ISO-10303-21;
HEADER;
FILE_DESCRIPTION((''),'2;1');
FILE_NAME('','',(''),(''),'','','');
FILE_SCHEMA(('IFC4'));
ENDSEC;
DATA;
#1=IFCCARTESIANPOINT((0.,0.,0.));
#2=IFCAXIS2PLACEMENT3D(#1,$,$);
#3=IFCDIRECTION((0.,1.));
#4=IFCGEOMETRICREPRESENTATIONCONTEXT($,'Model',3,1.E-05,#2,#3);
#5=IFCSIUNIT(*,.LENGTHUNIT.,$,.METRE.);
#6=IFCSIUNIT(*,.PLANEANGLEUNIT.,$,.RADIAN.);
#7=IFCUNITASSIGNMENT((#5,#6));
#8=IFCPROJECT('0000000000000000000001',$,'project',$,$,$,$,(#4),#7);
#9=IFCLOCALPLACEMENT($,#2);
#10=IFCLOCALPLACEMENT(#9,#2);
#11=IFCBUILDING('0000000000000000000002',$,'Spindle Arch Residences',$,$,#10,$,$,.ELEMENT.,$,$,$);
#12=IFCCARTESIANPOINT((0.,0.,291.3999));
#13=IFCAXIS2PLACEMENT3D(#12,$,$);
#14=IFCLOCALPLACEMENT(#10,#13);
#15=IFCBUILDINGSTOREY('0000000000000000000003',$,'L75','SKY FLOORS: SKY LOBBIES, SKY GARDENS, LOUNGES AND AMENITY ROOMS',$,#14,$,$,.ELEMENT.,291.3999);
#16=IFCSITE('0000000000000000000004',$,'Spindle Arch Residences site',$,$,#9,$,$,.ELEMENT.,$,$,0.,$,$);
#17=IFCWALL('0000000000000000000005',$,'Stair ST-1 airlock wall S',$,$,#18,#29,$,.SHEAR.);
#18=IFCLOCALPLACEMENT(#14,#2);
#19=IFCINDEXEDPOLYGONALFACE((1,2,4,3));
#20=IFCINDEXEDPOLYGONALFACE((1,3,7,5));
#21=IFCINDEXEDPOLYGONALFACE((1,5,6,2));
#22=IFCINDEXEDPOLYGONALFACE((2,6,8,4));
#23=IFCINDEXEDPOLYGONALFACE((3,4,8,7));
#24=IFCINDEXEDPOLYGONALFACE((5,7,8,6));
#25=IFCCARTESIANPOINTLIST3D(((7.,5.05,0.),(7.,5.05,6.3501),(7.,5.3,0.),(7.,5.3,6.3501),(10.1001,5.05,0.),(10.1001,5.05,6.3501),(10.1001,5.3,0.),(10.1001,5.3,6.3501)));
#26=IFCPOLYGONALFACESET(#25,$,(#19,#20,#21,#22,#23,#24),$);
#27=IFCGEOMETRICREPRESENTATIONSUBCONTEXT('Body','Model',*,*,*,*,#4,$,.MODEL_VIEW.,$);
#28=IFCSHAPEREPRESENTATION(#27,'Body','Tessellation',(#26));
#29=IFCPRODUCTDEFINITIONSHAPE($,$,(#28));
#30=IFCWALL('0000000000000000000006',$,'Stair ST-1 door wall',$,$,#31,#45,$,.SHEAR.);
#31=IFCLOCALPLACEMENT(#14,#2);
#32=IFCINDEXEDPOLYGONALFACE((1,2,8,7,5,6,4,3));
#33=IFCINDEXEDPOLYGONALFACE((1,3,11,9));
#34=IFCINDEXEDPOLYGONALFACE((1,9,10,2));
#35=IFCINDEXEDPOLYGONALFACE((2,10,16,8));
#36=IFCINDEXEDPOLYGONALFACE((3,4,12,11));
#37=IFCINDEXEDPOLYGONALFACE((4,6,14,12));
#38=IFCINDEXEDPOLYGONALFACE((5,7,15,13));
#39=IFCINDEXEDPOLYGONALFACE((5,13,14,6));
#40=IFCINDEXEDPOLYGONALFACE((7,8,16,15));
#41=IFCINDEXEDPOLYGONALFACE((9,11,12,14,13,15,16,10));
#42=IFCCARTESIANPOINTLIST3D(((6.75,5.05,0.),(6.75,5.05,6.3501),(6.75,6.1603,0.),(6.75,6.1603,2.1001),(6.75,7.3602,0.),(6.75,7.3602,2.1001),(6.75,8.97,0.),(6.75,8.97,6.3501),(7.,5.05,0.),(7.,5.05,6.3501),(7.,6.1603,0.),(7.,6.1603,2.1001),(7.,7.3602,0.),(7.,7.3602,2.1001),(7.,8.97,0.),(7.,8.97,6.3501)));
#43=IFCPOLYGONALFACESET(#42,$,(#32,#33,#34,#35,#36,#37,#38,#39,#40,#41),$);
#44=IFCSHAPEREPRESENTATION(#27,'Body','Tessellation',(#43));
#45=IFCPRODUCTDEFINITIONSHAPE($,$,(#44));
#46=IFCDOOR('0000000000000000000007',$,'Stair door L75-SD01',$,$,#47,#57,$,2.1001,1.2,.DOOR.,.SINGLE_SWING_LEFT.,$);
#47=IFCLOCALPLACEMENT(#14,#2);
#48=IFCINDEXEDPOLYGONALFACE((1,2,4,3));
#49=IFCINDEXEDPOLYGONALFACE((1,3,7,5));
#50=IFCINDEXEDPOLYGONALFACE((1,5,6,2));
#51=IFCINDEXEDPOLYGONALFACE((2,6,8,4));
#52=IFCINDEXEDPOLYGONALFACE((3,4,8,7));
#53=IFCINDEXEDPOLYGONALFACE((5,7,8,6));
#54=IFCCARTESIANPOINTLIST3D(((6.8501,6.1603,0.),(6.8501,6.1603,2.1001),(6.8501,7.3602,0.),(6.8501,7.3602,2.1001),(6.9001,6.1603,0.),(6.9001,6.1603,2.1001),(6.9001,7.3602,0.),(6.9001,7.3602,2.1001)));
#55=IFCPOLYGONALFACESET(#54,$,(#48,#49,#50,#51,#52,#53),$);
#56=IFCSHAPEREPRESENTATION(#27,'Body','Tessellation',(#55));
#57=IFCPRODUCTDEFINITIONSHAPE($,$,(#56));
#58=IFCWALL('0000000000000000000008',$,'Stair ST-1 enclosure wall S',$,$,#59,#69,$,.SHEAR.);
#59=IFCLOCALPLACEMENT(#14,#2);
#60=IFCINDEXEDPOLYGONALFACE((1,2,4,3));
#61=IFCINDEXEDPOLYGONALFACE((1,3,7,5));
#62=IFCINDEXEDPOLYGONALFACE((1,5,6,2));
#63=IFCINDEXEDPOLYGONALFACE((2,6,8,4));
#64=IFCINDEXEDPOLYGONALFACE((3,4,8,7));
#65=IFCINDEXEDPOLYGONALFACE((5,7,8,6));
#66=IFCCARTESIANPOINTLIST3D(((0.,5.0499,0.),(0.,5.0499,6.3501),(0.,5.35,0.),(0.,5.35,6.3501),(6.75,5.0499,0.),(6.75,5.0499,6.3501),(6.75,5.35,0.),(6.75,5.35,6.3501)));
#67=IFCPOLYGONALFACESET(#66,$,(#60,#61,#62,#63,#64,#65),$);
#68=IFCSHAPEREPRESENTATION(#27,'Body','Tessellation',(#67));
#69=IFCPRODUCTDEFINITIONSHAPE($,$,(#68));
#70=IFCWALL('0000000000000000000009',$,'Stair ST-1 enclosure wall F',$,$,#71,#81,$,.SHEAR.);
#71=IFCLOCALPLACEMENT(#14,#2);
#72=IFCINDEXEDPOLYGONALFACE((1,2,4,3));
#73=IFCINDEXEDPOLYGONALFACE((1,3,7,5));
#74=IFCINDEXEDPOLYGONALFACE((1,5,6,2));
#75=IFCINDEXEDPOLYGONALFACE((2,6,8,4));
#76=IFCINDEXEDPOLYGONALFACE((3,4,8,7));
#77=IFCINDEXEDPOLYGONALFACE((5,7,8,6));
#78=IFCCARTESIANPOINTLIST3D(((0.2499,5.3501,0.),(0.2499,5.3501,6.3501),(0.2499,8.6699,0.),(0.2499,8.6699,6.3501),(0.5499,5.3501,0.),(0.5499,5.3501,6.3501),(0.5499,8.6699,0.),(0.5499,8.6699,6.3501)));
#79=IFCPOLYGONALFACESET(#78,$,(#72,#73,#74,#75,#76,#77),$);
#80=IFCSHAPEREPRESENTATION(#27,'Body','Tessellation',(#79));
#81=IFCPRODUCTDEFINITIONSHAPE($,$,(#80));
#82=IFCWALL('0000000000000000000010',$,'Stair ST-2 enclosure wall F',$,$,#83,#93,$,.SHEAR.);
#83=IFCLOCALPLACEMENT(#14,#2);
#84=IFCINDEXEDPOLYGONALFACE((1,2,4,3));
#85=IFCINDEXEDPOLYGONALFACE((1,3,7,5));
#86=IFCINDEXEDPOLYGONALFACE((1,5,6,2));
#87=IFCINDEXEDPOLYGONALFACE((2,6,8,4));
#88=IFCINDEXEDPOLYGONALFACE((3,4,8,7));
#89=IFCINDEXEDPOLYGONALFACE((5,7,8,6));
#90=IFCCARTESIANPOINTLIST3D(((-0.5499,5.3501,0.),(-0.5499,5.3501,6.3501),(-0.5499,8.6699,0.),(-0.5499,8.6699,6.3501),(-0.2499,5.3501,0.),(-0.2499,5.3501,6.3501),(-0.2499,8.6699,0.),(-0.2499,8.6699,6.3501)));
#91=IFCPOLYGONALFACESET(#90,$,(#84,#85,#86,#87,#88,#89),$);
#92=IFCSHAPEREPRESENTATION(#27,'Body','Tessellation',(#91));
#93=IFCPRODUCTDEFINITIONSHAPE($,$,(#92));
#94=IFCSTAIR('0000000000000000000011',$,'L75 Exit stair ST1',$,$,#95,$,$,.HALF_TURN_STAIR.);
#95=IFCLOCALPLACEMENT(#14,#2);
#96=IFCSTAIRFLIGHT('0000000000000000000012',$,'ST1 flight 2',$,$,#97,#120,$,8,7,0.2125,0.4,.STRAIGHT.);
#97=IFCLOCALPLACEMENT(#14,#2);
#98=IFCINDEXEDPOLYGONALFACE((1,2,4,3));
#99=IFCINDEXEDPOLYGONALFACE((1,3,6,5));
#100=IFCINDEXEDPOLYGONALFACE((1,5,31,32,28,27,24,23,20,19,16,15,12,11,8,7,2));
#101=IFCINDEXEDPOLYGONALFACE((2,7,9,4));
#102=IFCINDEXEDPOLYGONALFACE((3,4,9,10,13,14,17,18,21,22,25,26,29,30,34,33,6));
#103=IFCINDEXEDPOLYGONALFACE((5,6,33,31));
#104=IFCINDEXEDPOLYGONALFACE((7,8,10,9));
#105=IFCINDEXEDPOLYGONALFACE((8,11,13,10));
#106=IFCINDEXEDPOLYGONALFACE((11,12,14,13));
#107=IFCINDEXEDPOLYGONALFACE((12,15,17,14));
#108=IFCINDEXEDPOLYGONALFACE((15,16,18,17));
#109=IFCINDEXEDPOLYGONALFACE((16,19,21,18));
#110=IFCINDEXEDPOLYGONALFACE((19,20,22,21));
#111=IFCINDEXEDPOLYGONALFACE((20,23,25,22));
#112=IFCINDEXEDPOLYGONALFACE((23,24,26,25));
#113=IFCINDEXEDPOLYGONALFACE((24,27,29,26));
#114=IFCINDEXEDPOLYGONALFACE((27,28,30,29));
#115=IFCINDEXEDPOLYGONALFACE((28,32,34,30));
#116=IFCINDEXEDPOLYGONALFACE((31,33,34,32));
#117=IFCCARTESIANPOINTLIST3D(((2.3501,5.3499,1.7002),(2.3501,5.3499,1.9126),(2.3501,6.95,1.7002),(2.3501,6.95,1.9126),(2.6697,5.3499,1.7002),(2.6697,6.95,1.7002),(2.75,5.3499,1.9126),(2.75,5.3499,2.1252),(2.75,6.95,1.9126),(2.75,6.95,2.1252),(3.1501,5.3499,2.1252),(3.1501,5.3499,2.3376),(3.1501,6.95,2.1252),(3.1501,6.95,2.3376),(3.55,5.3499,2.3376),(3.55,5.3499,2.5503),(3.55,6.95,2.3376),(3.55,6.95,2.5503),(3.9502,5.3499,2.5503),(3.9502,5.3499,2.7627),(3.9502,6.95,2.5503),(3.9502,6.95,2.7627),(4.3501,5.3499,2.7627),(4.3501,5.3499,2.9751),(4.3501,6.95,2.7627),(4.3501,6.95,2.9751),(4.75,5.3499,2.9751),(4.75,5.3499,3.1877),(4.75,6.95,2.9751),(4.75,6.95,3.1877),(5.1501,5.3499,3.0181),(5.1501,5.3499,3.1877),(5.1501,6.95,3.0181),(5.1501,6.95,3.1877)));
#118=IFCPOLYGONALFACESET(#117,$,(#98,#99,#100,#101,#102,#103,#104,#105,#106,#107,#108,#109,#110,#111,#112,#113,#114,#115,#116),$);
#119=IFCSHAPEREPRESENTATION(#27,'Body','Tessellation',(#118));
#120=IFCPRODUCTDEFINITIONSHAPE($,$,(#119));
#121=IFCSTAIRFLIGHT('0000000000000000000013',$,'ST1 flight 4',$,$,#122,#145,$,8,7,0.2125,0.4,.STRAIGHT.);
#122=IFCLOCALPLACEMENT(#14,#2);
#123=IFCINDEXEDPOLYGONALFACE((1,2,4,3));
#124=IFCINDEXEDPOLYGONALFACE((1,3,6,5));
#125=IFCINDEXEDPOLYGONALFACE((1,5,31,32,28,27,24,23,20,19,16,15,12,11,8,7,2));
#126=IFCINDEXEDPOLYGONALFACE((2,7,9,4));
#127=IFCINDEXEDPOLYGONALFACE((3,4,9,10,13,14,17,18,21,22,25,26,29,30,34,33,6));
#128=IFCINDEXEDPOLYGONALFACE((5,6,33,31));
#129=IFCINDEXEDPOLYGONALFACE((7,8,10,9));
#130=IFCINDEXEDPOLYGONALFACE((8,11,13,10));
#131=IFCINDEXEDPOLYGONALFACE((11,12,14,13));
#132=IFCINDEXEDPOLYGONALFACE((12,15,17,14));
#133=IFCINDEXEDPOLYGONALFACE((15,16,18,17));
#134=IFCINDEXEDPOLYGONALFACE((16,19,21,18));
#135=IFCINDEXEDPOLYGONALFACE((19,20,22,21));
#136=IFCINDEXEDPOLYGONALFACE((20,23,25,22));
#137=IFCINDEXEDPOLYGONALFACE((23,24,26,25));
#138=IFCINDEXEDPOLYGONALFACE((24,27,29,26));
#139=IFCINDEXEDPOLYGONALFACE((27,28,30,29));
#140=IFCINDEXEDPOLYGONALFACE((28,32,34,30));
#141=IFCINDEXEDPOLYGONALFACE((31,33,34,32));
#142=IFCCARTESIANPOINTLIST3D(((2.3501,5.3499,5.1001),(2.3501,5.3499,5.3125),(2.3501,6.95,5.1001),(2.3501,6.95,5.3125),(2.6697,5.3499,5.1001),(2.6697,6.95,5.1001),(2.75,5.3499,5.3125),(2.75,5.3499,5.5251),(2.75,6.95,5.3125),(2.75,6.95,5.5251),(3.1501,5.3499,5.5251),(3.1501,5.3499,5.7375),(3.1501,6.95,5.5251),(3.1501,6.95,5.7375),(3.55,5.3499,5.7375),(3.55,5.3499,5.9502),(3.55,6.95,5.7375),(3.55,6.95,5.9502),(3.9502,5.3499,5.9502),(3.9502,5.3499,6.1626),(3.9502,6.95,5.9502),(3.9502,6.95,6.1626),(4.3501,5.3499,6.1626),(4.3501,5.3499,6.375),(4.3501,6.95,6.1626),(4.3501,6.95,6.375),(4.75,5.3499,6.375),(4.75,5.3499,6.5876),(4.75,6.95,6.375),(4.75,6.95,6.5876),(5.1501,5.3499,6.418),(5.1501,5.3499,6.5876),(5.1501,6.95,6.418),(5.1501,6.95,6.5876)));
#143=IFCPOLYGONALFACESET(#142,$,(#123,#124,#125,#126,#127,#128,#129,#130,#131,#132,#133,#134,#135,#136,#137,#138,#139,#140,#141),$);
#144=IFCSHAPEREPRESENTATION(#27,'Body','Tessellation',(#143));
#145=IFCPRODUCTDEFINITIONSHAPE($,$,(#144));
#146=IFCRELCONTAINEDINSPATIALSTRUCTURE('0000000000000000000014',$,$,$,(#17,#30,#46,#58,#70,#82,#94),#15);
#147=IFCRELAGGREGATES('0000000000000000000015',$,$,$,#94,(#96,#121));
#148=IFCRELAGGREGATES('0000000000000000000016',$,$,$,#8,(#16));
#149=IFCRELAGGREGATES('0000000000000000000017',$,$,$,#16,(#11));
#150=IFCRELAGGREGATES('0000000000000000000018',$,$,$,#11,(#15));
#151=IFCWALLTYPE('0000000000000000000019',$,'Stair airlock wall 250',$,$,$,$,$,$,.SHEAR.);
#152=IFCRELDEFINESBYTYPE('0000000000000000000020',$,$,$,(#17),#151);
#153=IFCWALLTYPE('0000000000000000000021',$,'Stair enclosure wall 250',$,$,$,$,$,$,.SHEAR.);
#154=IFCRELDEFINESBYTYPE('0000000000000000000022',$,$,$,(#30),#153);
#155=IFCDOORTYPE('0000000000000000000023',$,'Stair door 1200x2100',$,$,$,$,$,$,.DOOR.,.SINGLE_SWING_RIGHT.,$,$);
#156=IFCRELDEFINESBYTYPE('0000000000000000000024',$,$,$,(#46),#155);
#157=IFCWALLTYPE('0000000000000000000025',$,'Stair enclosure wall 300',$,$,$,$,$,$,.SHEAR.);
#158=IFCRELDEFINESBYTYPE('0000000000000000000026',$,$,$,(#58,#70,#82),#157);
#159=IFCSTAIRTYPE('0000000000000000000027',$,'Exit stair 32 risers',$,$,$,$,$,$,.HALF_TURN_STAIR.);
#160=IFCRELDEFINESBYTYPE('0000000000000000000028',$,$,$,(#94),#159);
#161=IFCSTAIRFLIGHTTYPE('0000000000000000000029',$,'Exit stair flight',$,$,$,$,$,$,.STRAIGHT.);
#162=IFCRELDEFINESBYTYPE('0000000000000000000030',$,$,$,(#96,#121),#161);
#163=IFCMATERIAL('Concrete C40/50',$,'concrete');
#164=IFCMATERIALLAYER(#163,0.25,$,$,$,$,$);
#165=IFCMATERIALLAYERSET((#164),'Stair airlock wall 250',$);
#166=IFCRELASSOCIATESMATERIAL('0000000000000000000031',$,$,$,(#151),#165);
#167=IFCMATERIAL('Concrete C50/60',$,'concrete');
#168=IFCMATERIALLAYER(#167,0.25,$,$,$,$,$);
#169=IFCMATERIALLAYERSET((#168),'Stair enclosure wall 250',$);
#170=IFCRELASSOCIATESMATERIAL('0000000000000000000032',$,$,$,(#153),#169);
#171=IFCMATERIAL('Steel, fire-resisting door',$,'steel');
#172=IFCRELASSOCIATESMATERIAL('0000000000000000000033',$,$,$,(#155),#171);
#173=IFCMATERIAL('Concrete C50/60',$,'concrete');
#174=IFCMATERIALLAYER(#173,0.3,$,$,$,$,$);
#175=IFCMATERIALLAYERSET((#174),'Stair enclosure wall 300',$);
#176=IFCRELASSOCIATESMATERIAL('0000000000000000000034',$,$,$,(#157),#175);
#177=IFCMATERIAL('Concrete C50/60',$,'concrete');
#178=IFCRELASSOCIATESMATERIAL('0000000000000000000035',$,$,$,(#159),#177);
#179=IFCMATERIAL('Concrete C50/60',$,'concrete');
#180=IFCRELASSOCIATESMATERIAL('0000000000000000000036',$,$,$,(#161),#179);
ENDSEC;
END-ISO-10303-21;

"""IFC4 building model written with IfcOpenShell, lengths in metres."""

from ifc_helpers import new_model, si_unit, direction, frame, frame_2d, origin, place, context, subcontext, project, spatial, polyline, rectangle, outline, extrude, material, layer, layer_set, type_object, element, fill, aggregate, save


model = new_model("IFC4")

# Units and contexts
model_context = context("Model", 3, precision=1e-05, world=origin(), true_north=direction((0.0, 1.0)))
body_context = subcontext(model_context, "Body", "Model", "MODEL_VIEW")
ifc_project = project(units=[si_unit("LENGTHUNIT", "METRE"), si_unit("PLANEANGLEUNIT", "RADIAN")], contexts=[model_context])

# Site, building, storey
site_placement = place(None, origin())
site = spatial("IfcSite", under=ifc_project, at=site_placement, Name="Spindle Arch Residences site", CompositionType="ELEMENT", RefElevation=0.0)
building_placement = place(site_placement, origin())
building = spatial("IfcBuilding", under=site, at=building_placement, Name="Spindle Arch Residences", CompositionType="ELEMENT")
storey_placement = place(building_placement, frame((0.0, 0.0, 291.3999)))
storey = spatial("IfcBuildingStorey", under=building, at=storey_placement, Name="L75", Description="SKY FLOORS: SKY LOBBIES, SKY GARDENS, LOUNGES AND AMENITY ROOMS", CompositionType="ELEMENT", Elevation=291.3999)

# Wall
ifc_material_1 = material(Name="Concrete C40/50", Category="concrete")
ifc_layer_1 = layer(ifc_material_1, 0.25)
ifc_layer_set_1 = layer_set([ifc_layer_1], Name="Stair airlock wall 250")
wall_type_1 = type_object("IfcWallType", Name="Stair airlock wall 250", PredefinedType="SHEAR", material=ifc_layer_set_1)
wall_1_placement = place(storey_placement, frame((7.0, 5.175, 0.0), z_axis=(0.0, 0.0, 1.0), x_axis=(1.0, 0.0, 0.0)))
element("IfcWall", 1, at=wall_1_placement, inside=storey, type_object=wall_type_1, Name="Stair ST-1 airlock wall S", PredefinedType="SHEAR", context=body_context, shape_type="SweptSolid", body=[
    extrude(rectangle(XDim=3.1001, YDim=0.25, at=frame_2d((1.55, 0.0))), origin(), (0.0, 0.0, 1.0), 6.3501),
])

# Wall, opening, door
ifc_material_2 = material(Name="Concrete C50/60", Category="concrete")
ifc_layer_2 = layer(ifc_material_2, 0.25)
ifc_layer_set_2 = layer_set([ifc_layer_2], Name="Stair enclosure wall 250")
wall_type_2 = type_object("IfcWallType", Name="Stair enclosure wall 250", PredefinedType="SHEAR", material=ifc_layer_set_2)
wall_2_placement = place(storey_placement, frame((6.875, 5.05, 0.0), z_axis=(0.0, 0.0, 1.0), x_axis=(0.0, 1.0, 0.0)))
wall_2 = element("IfcWall", 2, at=wall_2_placement, inside=storey, type_object=wall_type_2, Name="Stair ST-1 door wall", PredefinedType="SHEAR", context=body_context, shape_type="SweptSolid", body=[
    extrude(rectangle(XDim=3.9199, YDim=0.25, at=frame_2d((1.96, 0.0))), origin(), (0.0, 0.0, 1.0), 6.3501),
])
opening_1_placement = place(wall_2_placement, frame((1.1101, 0.0, 0.0)))
opening_1 = element("IfcOpeningElement", 3, at=opening_1_placement, cuts=wall_2, PredefinedType="OPENING", context=body_context, shape_type="SweptSolid", body=[
    extrude(rectangle(XDim=1.2, YDim=2.1001, at=frame_2d((0.6001, 1.05))), frame((0.0, 0.135, 0.0), z_axis=(0.0, -1.0, 0.0), x_axis=(1.0, 0.0, 0.0)), (0.0, 0.0, 1.0), 0.27),
])
ifc_material_3 = material(Name="Steel, fire-resisting door", Category="steel")
door_type_1 = type_object("IfcDoorType", Name="Stair door 1200x2100", OperationType="SINGLE_SWING_RIGHT", PredefinedType="DOOR", material=ifc_material_3)
door_1_placement = place(opening_1_placement, origin())
door_1 = element("IfcDoor", 4, at=door_1_placement, inside=storey, type_object=door_type_1, Name="Stair door L75-SD01", OperationType="SINGLE_SWING_LEFT", OverallHeight=2.1001, OverallWidth=1.2, PredefinedType="DOOR", context=body_context, shape_type="SweptSolid", body=[
    extrude(rectangle(XDim=1.2, YDim=2.1001, at=frame_2d((0.6001, 1.05))), frame((0.0, 0.0249, 0.0), z_axis=(0.0, -1.0, 0.0), x_axis=(1.0, 0.0, 0.0)), (0.0, 0.0, 1.0), 0.05),
])
fill(opening_1, door_1)

# Walls
ifc_material_4 = material(Name="Concrete C50/60", Category="concrete")
ifc_layer_3 = layer(ifc_material_4, 0.3)
ifc_layer_set_3 = layer_set([ifc_layer_3], Name="Stair enclosure wall 300")
wall_type_3 = type_object("IfcWallType", Name="Stair enclosure wall 300", PredefinedType="SHEAR", material=ifc_layer_set_3)
wall_3_placement = place(storey_placement, frame((0.0, 5.2, 0.0), z_axis=(0.0, 0.0, 1.0), x_axis=(1.0, 0.0, 0.0)))
element("IfcWall", 5, at=wall_3_placement, inside=storey, type_object=wall_type_3, Name="Stair ST-1 enclosure wall S", PredefinedType="SHEAR", context=body_context, shape_type="SweptSolid", body=[
    extrude(rectangle(XDim=6.75, YDim=0.3, at=frame_2d((3.375, 0.0))), origin(), (0.0, 0.0, 1.0), 6.3501),
])
for number, where, z_axis, x_axis, name in (
    (6, (0.3999, 5.3501, 0.0), (0.0, 0.0, 1.0), (0.0, 1.0, 0.0), "Stair ST-1 enclosure wall F"),
    (7, (-0.3999, 5.3501, 0.0), (0.0, 0.0, 1.0), (0.0, 1.0, 0.0), "Stair ST-2 enclosure wall F"),
):
    element("IfcWall", number, at=place(storey_placement, frame(where, z_axis=z_axis, x_axis=x_axis)), inside=storey, type_object=wall_type_3, Name=name, PredefinedType="SHEAR", context=body_context, shape_type="SweptSolid", body=[
        extrude(rectangle(XDim=3.3198, YDim=0.3, at=frame_2d((1.6599, 0.0))), origin(), (0.0, 0.0, 1.0), 6.3501),
    ])

# Stair, stair flights
ifc_material_5 = material(Name="Concrete C50/60", Category="concrete")
stair_type = type_object("IfcStairType", Name="Exit stair 32 risers", PredefinedType="HALF_TURN_STAIR", material=ifc_material_5)
stair_placement = place(storey_placement, origin())
stair = element("IfcStair", 8, at=stair_placement, inside=storey, type_object=stair_type, Name="L75 Exit stair ST1", PredefinedType="HALF_TURN_STAIR")
ifc_material_6 = material(Name="Concrete C50/60", Category="concrete")
stair_flight_type = type_object("IfcStairFlightType", Name="Exit stair flight", PredefinedType="STRAIGHT", material=ifc_material_6)
stair_flight_1_placement = place(storey_placement, frame((2.3501, 6.1499, 1.7002), z_axis=(0.0, 0.0, 1.0), x_axis=(1.0, 0.0, 0.0)))
stair_flight_1 = element("IfcStairFlight", 9, at=stair_flight_1_placement, type_object=stair_flight_type, Name="ST1 flight 2", NumberOfRisers=8, NumberOfTreads=7, PredefinedType="STRAIGHT", RiserHeight=0.2125, TreadLength=0.4, context=body_context, shape_type="SweptSolid", body=[
    extrude(outline(polyline([(0.0, 0.0), (0.0, 0.2124), (0.3999, 0.2124), (0.3999, 0.425), (0.8, 0.425), (0.8, 0.6375), (1.2, 0.6375), (1.2, 0.8501), (1.6001, 0.8501), (1.6001, 1.0625), (2.0, 1.0625), (2.0, 1.2749), (2.3999, 1.2749), (2.3999, 1.4875), (2.8, 1.4875), (2.8, 1.7), (2.8, 1.3179), (0.3196, 0.0), (0.0, 0.0)])), frame((0.0, 0.8, 0.0), z_axis=(0.0, -1.0, 0.0), x_axis=(1.0, 0.0, 0.0)), (0.0, 0.0, 1.0), 1.6001),
])
stair_flight_2_placement = place(storey_placement, frame((2.3501, 6.1499, 5.1001), z_axis=(0.0, 0.0, 1.0), x_axis=(1.0, 0.0, 0.0)))
stair_flight_2 = element("IfcStairFlight", 10, at=stair_flight_2_placement, type_object=stair_flight_type, Name="ST1 flight 4", NumberOfRisers=8, NumberOfTreads=7, PredefinedType="STRAIGHT", RiserHeight=0.2125, TreadLength=0.4, context=body_context, shape_type="SweptSolid", body=[
    extrude(outline(polyline([(0.0, 0.0), (0.0, 0.2124), (0.3999, 0.2124), (0.3999, 0.425), (0.8, 0.425), (0.8, 0.6375), (1.2, 0.6375), (1.2, 0.8501), (1.6001, 0.8501), (1.6001, 1.0625), (2.0, 1.0625), (2.0, 1.2749), (2.3999, 1.2749), (2.3999, 1.4875), (2.8, 1.4875), (2.8, 1.7), (2.8, 1.3179), (0.3196, 0.0), (0.0, 0.0)])), frame((0.0, 0.8, 0.0), z_axis=(0.0, -1.0, 0.0), x_axis=(1.0, 0.0, 0.0)), (0.0, 0.0, 1.0), 1.6001),
])
aggregate(stair, [stair_flight_1, stair_flight_2])

save(model, "model.ifc")
